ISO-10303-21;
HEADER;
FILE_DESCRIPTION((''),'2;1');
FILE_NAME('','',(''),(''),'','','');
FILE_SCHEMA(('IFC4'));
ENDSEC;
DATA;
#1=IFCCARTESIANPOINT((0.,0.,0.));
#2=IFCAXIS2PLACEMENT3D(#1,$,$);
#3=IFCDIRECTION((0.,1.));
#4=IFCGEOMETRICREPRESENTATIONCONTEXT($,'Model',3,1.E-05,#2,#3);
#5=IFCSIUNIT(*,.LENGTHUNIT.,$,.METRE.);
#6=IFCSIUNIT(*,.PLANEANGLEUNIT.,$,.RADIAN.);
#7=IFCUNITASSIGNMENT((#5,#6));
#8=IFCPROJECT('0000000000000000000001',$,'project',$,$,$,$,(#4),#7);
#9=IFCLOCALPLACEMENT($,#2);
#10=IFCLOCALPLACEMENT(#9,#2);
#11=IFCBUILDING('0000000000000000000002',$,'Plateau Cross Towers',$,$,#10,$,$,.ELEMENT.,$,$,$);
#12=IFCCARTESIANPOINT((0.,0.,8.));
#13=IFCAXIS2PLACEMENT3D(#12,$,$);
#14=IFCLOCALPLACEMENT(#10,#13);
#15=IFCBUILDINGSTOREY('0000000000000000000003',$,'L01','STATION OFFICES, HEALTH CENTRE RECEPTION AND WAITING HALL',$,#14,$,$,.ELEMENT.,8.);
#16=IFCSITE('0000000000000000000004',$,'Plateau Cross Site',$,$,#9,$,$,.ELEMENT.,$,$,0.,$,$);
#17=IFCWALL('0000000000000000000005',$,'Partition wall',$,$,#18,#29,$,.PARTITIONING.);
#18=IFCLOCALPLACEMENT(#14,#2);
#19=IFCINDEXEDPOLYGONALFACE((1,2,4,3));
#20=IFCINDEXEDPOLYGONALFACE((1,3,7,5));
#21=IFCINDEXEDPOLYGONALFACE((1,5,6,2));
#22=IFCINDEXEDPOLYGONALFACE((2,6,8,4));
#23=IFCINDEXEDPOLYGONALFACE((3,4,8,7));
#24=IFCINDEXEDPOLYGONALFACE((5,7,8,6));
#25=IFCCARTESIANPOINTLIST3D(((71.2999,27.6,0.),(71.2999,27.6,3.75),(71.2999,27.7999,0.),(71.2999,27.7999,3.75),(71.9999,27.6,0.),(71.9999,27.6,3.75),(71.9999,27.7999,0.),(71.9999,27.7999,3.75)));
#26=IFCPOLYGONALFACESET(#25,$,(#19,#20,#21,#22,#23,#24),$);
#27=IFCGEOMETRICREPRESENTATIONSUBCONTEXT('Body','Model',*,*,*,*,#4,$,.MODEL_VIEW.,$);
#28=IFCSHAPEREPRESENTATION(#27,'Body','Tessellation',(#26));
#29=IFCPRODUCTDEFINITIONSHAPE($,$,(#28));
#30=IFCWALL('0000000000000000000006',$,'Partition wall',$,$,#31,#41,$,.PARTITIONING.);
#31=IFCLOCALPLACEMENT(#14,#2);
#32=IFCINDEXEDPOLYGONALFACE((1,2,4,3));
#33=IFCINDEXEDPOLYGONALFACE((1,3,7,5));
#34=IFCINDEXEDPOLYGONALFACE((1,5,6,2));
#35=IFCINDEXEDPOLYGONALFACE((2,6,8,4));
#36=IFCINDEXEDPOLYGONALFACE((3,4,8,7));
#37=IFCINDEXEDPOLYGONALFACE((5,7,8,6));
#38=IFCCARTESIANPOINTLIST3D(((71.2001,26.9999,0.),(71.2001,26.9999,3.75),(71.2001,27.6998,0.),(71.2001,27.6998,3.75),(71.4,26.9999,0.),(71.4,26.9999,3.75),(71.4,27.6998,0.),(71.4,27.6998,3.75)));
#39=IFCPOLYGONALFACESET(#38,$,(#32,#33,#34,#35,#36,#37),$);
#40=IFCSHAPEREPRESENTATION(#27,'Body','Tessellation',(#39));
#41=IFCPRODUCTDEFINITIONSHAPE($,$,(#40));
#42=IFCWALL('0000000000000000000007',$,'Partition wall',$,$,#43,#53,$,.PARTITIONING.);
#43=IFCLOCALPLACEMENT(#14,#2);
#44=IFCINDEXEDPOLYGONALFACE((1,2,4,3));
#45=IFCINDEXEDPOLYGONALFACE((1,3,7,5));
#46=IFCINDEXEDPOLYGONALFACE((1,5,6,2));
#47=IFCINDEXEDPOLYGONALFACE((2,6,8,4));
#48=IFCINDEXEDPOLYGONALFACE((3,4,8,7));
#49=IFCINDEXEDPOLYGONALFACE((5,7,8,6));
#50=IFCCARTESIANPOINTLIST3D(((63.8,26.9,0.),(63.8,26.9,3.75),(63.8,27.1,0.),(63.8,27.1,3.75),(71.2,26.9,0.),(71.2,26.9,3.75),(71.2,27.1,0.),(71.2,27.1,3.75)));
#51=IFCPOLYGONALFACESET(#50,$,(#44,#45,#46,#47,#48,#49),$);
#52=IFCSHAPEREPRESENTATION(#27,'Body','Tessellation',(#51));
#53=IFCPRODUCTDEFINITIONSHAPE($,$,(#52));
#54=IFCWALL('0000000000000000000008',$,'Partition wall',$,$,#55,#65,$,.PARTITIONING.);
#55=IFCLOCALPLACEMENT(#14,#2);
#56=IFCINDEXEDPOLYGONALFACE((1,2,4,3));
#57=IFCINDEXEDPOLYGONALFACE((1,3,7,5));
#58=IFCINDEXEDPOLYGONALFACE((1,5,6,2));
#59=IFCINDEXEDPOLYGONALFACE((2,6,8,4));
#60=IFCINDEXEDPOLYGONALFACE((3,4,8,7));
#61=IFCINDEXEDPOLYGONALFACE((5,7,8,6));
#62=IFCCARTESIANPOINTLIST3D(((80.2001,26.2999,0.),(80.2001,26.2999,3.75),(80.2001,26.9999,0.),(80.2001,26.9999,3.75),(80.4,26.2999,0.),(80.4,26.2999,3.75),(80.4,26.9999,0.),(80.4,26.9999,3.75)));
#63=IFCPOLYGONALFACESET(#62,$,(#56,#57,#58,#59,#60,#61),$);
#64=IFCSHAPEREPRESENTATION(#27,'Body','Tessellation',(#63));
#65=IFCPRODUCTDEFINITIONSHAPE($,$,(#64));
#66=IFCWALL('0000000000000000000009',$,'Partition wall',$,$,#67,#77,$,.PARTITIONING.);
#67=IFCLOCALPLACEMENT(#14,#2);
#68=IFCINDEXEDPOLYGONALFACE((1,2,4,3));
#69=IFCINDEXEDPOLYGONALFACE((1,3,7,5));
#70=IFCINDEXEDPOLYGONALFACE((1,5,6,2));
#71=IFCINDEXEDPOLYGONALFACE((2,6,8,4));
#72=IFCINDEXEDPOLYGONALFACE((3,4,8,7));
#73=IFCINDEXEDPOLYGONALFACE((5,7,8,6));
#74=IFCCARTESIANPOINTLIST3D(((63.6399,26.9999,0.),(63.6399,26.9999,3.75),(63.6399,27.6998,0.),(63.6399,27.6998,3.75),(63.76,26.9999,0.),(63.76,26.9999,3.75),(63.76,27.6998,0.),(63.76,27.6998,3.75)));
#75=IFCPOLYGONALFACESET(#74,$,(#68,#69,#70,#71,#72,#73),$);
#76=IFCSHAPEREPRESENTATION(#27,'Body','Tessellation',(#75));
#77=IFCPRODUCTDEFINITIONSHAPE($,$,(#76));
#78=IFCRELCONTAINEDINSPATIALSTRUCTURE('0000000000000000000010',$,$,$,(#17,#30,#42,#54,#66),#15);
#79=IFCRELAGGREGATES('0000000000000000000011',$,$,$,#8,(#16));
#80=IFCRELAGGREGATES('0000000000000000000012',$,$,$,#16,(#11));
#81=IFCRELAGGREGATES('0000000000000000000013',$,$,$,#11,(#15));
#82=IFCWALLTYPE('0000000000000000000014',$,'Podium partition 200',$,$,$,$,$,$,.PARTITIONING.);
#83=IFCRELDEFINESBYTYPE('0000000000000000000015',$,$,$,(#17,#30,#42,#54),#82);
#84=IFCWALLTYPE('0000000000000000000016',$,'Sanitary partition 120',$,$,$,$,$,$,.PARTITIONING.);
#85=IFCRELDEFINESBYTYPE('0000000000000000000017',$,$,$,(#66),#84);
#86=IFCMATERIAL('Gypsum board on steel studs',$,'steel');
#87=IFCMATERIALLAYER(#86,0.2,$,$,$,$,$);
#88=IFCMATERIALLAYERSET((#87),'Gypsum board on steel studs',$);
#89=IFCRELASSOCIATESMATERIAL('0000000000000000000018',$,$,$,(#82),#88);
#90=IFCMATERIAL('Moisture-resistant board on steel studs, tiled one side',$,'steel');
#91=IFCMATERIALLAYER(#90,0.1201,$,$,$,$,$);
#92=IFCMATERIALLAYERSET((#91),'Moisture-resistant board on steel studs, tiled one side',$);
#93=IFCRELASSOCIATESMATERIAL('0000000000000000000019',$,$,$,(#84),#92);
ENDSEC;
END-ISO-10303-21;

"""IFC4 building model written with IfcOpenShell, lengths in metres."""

from ifc_helpers import new_model, si_unit, direction, frame, frame_2d, origin, place, context, subcontext, project, spatial, rectangle, extrude, material, layer, layer_set, type_object, element, save


model = new_model("IFC4")

# Units and contexts
model_context = context("Model", 3, precision=1e-05, world=origin(), true_north=direction((0.0, 1.0)))
body_context = subcontext(model_context, "Body", "Model", "MODEL_VIEW")
ifc_project = project(units=[si_unit("LENGTHUNIT", "METRE"), si_unit("PLANEANGLEUNIT", "RADIAN")], contexts=[model_context])

# Site, building, storey
site_placement = place(None, origin())
site = spatial("IfcSite", under=ifc_project, at=site_placement, Name="Plateau Cross Site", CompositionType="ELEMENT", RefElevation=0.0)
building_placement = place(site_placement, origin())
building = spatial("IfcBuilding", under=site, at=building_placement, Name="Plateau Cross Towers", CompositionType="ELEMENT")
storey_placement = place(building_placement, frame((0.0, 0.0, 8.0)))
storey = spatial("IfcBuildingStorey", under=building, at=storey_placement, Name="L01", Description="STATION OFFICES, HEALTH CENTRE RECEPTION AND WAITING HALL", CompositionType="ELEMENT", Elevation=8.0)

# Shared definitions
ifc_material_1 = material(Name="Gypsum board on steel studs", Category="steel")
ifc_layer_1 = layer(ifc_material_1, 0.2)
ifc_layer_set_1 = layer_set([ifc_layer_1], Name="Gypsum board on steel studs")
wall_type_1 = type_object("IfcWallType", Name="Podium partition 200", PredefinedType="PARTITIONING", material=ifc_layer_set_1)

# Walls
for number, where, z_axis, x_axis, name in (
    (1, (72.0, 27.7, 0.0), (0.0, 0.0, 1.0), (-1.0, 0.0, 0.0), "Partition wall"),
    (2, (71.3, 27.7, 0.0), (0.0, 0.0, 1.0), (0.0, -1.0, 0.0), "Partition wall"),
):
    element("IfcWall", number, at=place(storey_placement, frame(where, z_axis=z_axis, x_axis=x_axis)), inside=storey, type_object=wall_type_1, Name=name, PredefinedType="PARTITIONING", context=body_context, shape_type="SweptSolid", body=[
        extrude(rectangle(XDim=0.7, YDim=0.2, at=frame_2d((0.3501, 0.0))), origin(), (0.0, 0.0, 1.0), 3.75),
    ])
wall_1_placement = place(storey_placement, frame((63.8, 27.0, 0.0), z_axis=(0.0, 0.0, 1.0), x_axis=(1.0, 0.0, 0.0)))
element("IfcWall", 3, at=wall_1_placement, inside=storey, type_object=wall_type_1, Name="Partition wall", PredefinedType="PARTITIONING", context=body_context, shape_type="SweptSolid", body=[
    extrude(rectangle(XDim=7.3999, YDim=0.2, at=frame_2d((3.7, 0.0))), origin(), (0.0, 0.0, 1.0), 3.75),
])
wall_2_placement = place(storey_placement, frame((80.3, 27.0, 0.0), z_axis=(0.0, 0.0, 1.0), x_axis=(0.0, -1.0, 0.0)))
element("IfcWall", 4, at=wall_2_placement, inside=storey, type_object=wall_type_1, Name="Partition wall", PredefinedType="PARTITIONING", context=body_context, shape_type="SweptSolid", body=[
    extrude(rectangle(XDim=0.7, YDim=0.2, at=frame_2d((0.3501, 0.0))), origin(), (0.0, 0.0, 1.0), 3.75),
])
ifc_material_2 = material(Name="Moisture-resistant board on steel studs, tiled one side", Category="steel")
ifc_layer_2 = layer(ifc_material_2, 0.1201)
ifc_layer_set_2 = layer_set([ifc_layer_2], Name="Moisture-resistant board on steel studs, tiled one side")
wall_type_2 = type_object("IfcWallType", Name="Sanitary partition 120", PredefinedType="PARTITIONING", material=ifc_layer_set_2)
wall_3_placement = place(storey_placement, frame((63.7, 27.7, 0.0), z_axis=(0.0, 0.0, 1.0), x_axis=(0.0, -1.0, 0.0)))
element("IfcWall", 5, at=wall_3_placement, inside=storey, type_object=wall_type_2, Name="Partition wall", PredefinedType="PARTITIONING", context=body_context, shape_type="SweptSolid", body=[
    extrude(rectangle(XDim=0.7, YDim=0.1201, at=frame_2d((0.3501, 0.0))), origin(), (0.0, 0.0, 1.0), 3.75),
])

save(model, "model.ifc")
